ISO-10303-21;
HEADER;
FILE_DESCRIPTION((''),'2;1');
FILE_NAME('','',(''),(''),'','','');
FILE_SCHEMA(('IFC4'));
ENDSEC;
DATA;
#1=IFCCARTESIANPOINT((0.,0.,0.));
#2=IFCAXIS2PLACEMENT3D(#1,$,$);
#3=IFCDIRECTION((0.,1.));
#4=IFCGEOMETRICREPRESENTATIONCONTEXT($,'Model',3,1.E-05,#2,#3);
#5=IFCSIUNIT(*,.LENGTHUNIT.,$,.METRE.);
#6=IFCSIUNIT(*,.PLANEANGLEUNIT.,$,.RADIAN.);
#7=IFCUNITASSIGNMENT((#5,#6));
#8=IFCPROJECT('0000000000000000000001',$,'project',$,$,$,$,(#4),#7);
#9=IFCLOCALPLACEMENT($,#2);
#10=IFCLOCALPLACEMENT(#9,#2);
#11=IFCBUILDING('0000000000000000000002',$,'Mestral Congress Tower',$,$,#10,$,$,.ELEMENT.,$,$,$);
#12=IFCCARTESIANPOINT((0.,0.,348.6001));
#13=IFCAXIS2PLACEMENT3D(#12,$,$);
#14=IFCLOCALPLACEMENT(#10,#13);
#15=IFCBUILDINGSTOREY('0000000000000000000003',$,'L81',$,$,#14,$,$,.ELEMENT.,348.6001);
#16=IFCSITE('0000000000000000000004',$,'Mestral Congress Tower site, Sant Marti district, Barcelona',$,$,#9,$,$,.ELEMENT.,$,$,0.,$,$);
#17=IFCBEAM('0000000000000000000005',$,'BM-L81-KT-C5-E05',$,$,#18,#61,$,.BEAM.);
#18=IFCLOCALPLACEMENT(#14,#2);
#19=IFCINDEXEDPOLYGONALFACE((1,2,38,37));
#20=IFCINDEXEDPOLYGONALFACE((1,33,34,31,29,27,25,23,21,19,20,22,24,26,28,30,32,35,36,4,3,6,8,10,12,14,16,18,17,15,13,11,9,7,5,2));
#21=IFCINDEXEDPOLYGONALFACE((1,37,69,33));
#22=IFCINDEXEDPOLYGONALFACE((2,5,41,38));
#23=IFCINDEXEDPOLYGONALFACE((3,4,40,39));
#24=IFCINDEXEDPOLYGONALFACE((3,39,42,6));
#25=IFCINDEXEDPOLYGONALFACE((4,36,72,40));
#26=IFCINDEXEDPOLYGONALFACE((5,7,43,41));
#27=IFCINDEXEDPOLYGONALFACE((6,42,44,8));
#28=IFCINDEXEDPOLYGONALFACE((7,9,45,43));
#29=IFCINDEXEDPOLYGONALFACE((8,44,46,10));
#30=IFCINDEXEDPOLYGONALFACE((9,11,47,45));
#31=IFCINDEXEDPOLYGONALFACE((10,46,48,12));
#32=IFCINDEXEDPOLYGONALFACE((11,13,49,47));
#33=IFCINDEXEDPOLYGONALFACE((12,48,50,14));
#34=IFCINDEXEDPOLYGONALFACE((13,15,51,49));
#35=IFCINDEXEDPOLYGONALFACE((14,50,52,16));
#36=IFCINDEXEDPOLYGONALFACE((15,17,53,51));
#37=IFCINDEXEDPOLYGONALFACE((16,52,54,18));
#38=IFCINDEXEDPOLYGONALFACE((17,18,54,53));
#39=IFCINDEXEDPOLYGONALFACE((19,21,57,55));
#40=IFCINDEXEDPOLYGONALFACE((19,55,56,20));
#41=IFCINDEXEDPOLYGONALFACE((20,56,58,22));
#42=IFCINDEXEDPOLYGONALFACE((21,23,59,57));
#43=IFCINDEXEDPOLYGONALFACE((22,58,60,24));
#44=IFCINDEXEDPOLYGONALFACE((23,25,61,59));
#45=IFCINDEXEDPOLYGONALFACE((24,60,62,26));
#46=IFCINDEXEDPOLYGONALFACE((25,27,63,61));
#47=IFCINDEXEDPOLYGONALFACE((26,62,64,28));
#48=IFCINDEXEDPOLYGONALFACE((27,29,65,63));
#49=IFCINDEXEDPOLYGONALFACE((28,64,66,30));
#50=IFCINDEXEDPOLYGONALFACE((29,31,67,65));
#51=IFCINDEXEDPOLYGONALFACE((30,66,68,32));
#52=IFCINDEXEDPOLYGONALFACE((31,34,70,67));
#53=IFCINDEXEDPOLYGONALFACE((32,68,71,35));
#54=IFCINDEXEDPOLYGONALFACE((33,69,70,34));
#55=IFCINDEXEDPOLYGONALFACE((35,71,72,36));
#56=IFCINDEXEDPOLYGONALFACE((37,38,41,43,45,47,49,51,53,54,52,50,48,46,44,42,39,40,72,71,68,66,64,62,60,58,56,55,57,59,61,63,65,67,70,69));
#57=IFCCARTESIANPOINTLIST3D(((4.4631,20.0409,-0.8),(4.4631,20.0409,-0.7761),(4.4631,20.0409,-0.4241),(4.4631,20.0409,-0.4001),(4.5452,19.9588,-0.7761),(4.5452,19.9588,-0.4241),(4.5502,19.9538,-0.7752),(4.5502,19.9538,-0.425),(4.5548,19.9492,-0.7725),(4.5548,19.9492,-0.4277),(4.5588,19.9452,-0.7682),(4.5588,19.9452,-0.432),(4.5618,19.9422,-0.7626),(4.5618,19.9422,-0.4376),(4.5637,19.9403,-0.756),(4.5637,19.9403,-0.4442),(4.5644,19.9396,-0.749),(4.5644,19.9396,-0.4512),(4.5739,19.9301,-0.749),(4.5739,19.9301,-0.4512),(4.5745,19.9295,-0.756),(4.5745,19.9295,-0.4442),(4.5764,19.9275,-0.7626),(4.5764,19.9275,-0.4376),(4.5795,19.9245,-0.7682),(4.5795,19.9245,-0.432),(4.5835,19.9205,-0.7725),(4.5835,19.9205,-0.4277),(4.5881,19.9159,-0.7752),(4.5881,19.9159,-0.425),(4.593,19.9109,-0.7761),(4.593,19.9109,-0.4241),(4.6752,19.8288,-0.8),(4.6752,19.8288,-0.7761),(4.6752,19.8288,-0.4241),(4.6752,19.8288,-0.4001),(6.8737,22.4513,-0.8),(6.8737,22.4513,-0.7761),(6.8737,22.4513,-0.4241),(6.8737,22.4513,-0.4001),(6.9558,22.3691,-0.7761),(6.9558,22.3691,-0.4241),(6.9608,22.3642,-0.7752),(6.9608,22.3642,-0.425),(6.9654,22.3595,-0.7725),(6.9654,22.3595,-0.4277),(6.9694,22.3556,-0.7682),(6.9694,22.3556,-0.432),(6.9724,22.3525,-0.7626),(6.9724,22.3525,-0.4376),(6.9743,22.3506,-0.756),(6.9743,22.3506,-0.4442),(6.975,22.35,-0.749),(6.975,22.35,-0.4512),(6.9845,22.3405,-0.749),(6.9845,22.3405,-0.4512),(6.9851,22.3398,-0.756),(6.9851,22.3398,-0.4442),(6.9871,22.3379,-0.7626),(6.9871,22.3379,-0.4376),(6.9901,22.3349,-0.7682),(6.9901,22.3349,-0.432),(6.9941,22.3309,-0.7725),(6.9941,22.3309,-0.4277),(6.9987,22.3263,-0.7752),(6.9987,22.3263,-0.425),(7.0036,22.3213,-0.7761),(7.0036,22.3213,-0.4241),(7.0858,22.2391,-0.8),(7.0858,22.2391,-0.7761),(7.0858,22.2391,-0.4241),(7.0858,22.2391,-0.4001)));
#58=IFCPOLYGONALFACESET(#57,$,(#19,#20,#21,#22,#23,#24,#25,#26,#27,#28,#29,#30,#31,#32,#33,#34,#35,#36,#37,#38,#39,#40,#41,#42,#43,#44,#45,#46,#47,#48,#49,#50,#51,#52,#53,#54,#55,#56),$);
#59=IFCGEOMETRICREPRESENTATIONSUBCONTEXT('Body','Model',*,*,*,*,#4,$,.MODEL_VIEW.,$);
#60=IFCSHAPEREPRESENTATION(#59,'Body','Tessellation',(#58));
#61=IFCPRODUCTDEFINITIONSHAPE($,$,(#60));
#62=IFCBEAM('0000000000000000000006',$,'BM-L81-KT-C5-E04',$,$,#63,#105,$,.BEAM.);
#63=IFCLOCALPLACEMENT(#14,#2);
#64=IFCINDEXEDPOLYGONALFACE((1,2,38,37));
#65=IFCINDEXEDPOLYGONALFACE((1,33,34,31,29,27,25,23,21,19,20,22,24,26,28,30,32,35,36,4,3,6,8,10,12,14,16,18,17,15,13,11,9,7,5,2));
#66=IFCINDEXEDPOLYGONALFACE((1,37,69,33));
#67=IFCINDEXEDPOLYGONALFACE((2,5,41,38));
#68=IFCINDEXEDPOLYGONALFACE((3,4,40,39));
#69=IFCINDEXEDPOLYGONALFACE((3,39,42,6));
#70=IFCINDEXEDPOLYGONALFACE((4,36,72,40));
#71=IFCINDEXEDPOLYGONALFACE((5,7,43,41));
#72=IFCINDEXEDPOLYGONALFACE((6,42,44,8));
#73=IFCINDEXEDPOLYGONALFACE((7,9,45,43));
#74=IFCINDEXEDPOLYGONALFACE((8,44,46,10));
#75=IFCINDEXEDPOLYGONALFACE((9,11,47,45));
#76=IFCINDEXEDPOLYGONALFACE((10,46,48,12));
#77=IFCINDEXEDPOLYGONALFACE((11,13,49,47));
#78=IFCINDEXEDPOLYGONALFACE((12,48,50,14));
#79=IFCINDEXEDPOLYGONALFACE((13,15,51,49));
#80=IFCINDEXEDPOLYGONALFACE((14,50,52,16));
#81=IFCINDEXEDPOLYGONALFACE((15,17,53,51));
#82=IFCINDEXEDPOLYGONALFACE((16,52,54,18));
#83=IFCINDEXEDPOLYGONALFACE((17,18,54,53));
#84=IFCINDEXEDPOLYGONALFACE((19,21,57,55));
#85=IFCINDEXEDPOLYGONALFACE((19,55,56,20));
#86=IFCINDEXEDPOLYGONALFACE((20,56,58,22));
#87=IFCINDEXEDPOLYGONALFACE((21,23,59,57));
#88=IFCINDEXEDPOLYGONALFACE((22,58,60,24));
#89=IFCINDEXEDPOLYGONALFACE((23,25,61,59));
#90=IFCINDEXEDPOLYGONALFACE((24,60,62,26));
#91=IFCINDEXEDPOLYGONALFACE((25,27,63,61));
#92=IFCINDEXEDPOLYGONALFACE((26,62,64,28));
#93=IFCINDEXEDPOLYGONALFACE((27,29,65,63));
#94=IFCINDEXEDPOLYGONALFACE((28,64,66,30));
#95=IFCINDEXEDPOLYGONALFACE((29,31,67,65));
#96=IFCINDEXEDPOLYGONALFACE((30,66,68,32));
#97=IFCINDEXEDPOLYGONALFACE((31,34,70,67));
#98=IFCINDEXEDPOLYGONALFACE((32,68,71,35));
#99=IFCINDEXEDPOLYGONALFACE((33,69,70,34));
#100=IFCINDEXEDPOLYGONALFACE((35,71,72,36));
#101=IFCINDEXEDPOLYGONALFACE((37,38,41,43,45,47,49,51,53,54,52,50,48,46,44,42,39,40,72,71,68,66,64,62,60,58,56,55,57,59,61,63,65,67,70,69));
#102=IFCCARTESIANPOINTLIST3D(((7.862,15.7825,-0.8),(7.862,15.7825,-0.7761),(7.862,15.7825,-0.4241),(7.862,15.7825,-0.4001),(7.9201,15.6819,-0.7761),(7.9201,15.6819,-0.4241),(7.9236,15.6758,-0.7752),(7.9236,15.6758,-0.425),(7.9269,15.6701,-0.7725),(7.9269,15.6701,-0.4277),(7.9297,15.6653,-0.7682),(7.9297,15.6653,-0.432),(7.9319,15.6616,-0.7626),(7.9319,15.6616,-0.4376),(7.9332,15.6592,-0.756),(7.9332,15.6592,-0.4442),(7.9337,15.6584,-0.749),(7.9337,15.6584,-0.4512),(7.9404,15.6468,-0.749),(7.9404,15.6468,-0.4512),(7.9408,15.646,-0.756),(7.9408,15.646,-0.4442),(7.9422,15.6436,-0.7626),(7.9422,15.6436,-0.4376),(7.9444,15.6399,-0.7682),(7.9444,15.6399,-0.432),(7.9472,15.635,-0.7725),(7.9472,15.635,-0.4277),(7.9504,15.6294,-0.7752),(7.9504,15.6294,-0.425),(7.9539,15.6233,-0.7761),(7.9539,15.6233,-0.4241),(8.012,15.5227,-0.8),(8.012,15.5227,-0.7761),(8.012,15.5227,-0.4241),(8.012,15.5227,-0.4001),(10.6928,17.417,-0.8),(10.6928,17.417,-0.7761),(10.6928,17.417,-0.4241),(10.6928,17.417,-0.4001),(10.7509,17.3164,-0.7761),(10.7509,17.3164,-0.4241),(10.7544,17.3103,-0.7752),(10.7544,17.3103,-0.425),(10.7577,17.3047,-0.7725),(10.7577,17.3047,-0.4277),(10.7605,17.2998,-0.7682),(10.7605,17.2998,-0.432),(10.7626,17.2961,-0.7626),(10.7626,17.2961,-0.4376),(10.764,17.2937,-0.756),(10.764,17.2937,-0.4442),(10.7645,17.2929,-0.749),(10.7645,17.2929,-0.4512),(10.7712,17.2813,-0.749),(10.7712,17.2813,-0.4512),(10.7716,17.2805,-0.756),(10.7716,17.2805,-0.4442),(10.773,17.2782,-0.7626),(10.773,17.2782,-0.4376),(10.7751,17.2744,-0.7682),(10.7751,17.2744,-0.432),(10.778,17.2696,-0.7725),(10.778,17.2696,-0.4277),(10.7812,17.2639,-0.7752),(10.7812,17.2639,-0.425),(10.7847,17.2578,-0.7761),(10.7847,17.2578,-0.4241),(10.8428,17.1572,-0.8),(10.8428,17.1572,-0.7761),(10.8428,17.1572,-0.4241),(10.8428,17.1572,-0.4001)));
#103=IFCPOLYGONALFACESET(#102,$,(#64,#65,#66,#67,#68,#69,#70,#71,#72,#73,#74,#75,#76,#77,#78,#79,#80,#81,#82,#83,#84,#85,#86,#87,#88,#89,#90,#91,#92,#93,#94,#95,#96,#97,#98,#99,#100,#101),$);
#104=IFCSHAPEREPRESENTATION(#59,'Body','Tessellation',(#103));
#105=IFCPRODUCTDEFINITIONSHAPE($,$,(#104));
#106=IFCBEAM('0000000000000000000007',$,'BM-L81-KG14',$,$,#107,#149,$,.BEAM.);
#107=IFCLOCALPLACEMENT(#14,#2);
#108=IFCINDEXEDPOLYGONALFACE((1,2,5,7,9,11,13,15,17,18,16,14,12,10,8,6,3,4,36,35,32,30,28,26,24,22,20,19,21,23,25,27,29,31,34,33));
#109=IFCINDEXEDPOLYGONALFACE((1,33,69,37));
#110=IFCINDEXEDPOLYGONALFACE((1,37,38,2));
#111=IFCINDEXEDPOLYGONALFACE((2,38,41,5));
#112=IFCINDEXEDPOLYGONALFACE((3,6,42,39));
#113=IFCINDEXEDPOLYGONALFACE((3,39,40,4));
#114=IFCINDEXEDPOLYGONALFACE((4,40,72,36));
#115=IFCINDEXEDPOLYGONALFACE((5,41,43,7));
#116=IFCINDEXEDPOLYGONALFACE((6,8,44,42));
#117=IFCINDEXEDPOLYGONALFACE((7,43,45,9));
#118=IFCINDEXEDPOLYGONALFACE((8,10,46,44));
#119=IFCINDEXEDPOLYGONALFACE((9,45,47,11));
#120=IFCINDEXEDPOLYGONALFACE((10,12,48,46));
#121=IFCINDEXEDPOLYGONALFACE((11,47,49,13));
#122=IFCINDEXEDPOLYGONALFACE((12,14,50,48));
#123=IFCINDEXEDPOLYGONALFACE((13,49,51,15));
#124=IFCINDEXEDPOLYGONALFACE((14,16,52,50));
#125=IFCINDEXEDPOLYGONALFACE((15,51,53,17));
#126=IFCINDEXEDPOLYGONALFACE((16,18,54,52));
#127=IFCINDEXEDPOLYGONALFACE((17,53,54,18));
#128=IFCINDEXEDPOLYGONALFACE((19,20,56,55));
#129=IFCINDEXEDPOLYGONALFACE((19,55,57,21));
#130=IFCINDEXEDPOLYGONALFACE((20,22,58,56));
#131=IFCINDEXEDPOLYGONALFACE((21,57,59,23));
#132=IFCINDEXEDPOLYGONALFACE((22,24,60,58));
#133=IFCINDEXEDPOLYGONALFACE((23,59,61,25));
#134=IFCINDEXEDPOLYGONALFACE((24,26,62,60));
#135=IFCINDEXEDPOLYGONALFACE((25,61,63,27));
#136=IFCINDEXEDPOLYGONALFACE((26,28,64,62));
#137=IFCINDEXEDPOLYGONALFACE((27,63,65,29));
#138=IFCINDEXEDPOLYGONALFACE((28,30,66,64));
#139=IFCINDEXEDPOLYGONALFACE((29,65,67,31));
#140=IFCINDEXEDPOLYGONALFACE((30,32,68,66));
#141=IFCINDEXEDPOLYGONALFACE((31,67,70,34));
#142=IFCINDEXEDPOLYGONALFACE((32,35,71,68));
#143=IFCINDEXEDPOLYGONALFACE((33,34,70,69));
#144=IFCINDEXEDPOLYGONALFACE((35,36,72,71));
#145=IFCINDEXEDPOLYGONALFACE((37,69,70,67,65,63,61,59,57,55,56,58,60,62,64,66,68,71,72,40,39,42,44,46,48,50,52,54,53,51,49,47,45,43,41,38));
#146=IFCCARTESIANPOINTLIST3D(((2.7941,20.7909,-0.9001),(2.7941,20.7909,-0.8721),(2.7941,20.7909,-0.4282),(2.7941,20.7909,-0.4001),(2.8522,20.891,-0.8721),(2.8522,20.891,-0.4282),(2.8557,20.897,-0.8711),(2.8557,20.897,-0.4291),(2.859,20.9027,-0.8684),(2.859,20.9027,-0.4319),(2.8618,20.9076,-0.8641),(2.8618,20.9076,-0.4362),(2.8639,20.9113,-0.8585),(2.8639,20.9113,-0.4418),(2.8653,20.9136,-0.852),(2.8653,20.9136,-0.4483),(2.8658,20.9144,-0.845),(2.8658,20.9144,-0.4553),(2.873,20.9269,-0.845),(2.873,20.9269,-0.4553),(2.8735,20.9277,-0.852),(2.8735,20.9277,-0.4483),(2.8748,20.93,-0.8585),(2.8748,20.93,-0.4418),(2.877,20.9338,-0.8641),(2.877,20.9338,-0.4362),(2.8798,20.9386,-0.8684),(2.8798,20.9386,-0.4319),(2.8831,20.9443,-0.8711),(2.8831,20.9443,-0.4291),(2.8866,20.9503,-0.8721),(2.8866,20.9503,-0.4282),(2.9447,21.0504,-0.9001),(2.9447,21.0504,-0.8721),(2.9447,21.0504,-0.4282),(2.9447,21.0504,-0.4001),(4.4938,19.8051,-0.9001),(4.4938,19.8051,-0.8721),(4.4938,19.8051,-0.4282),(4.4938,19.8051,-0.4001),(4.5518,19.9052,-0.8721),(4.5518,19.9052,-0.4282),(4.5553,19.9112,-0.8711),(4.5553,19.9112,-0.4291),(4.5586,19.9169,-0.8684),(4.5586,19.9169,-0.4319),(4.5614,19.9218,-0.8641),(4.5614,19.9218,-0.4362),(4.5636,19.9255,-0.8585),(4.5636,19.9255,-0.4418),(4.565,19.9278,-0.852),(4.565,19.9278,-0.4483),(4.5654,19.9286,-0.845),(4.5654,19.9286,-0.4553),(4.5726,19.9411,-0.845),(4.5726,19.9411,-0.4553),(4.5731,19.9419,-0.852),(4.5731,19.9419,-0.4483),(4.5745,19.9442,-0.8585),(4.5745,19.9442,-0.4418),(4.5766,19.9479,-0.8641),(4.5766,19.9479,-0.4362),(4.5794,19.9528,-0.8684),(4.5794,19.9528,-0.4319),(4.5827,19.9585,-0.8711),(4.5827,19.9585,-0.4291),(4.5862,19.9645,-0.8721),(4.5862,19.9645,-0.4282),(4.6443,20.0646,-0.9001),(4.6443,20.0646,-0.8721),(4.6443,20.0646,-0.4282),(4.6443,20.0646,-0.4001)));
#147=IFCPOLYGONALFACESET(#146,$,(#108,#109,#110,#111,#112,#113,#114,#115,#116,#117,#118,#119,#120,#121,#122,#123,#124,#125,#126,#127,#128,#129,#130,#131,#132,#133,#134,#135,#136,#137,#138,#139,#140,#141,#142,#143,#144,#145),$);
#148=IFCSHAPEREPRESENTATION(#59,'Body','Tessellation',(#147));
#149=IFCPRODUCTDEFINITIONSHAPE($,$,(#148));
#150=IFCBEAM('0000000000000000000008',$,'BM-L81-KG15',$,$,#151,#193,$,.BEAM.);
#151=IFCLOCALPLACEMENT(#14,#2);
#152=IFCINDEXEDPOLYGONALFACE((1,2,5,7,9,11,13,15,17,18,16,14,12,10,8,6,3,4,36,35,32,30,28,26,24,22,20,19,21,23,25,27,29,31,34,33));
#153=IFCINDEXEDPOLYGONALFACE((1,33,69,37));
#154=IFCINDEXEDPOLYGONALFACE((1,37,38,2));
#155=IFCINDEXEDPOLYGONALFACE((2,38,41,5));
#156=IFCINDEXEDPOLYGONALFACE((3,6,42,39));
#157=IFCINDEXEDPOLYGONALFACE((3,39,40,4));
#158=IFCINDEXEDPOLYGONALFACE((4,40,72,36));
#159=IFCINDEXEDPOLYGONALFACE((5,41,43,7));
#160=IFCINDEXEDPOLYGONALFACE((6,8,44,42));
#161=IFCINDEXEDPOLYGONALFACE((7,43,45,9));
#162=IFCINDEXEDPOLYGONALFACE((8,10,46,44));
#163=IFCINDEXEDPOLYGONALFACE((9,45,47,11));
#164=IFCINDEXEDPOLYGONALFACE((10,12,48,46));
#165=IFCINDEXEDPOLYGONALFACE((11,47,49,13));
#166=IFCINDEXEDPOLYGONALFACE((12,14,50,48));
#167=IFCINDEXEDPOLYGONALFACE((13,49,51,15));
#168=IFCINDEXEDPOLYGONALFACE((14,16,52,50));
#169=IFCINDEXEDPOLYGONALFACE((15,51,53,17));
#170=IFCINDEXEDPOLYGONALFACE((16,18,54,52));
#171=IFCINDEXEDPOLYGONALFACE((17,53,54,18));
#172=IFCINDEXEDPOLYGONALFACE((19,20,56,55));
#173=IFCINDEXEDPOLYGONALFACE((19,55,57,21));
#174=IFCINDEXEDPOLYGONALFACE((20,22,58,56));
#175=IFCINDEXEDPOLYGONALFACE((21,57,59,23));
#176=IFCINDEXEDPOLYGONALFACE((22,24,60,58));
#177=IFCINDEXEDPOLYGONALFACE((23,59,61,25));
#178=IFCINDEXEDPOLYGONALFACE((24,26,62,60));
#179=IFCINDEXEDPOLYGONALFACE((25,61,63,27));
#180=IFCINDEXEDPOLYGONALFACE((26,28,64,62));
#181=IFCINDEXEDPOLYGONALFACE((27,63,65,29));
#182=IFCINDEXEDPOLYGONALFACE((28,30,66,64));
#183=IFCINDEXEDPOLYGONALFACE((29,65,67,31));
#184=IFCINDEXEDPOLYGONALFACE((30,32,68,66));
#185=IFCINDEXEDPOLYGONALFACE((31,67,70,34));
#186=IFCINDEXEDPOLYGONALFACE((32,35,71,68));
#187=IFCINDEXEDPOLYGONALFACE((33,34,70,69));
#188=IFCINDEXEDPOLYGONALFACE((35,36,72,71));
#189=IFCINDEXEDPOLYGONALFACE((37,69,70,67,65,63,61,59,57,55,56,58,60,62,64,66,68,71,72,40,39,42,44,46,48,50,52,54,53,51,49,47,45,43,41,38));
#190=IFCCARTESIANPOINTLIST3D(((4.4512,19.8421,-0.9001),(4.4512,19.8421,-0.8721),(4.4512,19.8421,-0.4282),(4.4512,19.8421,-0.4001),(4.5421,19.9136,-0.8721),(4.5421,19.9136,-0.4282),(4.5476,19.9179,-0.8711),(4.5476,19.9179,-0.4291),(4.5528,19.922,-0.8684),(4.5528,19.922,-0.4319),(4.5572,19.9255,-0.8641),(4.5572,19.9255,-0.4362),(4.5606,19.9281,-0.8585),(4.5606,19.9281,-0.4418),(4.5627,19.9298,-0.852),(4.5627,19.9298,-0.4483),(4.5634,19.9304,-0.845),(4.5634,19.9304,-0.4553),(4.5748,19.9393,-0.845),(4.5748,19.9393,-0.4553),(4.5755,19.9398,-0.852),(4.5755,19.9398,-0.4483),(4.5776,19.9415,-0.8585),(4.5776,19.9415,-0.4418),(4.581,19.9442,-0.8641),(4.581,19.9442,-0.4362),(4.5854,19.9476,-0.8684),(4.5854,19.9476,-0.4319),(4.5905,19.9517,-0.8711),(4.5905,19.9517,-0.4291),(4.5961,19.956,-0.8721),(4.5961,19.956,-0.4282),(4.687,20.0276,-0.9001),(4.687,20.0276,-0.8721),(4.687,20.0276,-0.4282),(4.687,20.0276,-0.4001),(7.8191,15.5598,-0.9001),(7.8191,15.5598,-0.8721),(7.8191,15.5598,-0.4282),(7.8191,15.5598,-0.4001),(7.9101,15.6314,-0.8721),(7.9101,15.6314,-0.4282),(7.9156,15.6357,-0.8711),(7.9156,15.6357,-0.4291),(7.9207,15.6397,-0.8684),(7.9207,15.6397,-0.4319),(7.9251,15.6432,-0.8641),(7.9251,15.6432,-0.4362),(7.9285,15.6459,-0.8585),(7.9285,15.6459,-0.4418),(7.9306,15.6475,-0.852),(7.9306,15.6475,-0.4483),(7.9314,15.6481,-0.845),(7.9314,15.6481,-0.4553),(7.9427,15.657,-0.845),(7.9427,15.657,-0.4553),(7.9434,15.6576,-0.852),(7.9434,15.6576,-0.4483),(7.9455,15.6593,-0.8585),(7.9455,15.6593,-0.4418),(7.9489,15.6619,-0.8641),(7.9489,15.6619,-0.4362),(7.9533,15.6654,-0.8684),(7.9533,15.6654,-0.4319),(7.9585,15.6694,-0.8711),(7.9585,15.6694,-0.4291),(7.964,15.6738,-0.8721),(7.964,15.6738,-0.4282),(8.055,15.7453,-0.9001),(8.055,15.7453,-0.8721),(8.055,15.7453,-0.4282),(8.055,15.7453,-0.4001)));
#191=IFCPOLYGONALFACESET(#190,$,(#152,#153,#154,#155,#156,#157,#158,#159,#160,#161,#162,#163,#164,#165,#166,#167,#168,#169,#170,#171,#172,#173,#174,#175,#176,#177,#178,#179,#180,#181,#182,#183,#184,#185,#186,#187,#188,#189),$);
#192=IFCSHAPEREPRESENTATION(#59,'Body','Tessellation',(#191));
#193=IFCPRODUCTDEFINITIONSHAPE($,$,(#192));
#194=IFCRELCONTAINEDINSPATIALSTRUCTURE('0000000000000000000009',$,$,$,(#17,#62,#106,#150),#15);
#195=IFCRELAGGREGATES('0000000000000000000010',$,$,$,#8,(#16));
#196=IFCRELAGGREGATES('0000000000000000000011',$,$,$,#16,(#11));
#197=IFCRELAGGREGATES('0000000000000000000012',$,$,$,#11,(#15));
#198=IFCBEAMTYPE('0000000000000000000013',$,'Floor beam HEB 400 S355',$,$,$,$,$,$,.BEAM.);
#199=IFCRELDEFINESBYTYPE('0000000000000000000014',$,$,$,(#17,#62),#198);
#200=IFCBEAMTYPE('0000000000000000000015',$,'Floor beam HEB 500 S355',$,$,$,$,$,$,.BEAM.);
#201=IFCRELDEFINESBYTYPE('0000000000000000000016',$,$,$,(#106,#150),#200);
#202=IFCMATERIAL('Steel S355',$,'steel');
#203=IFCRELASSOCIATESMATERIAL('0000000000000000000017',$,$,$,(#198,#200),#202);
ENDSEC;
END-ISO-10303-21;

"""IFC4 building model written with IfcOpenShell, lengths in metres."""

from ifc_helpers import new_model, si_unit, direction, frame, origin, origin_2d, place, context, subcontext, project, spatial, i_section, extrude, material, material_profile, profile_set, type_object, element, save


model = new_model("IFC4")

# Units and contexts
model_context = context("Model", 3, precision=1e-05, world=origin(), true_north=direction((0.0, 1.0)))
body_context = subcontext(model_context, "Body", "Model", "MODEL_VIEW")
ifc_project = project(units=[si_unit("LENGTHUNIT", "METRE"), si_unit("PLANEANGLEUNIT", "RADIAN")], contexts=[model_context])

# Site, building, storey
site_placement = place(None, origin())
site = spatial("IfcSite", under=ifc_project, at=site_placement, Name="Mestral Congress Tower site, Sant Marti district, Barcelona", CompositionType="ELEMENT", RefElevation=0.0)
building_placement = place(site_placement, origin())
building = spatial("IfcBuilding", under=site, at=building_placement, Name="Mestral Congress Tower", CompositionType="ELEMENT")
storey_placement = place(building_placement, frame((0.0, 0.0, 348.6001)))
storey = spatial("IfcBuildingStorey", under=building, at=storey_placement, Name="L81", CompositionType="ELEMENT", Elevation=348.6001)

# Beams
ifc_material_1 = material(Name="Steel S355", Category="steel")
ifc_material_profile_1 = material_profile(ifc_material_1, i_section(OverallWidth=0.3, OverallDepth=0.3999, WebThickness=0.0134, FlangeThickness=0.0239, FilletRadius=0.0271, at=origin_2d()), Name="HEB 400")
ifc_profile_set_1 = profile_set([ifc_material_profile_1], Name="Steel S355")
beam_type_1 = type_object("IfcBeamType", Name="Floor beam HEB 400 S355", PredefinedType="BEAM", material=ifc_profile_set_1)
beam_1_placement = place(storey_placement, frame((6.9797, 22.3452, -0.6001), z_axis=(-0.707143, -0.707071, 0.0), x_axis=(0.707071, -0.707143, 0.0)))
element("IfcBeam", 1, at=beam_1_placement, inside=storey, type_object=beam_type_1, Name="BM-L81-KT-C5-E05", PredefinedType="BEAM", context=body_context, shape_type="SweptSolid", body=[
    extrude(i_section(OverallWidth=0.3, OverallDepth=0.3999, WebThickness=0.0134, FlangeThickness=0.0239, FilletRadius=0.0271, at=origin_2d()), origin(), (0.0, 0.0, 1.0), 3.4089),
])
beam_2_placement = place(storey_placement, frame((10.7678, 17.2871, -0.6001), z_axis=(-0.866005, -0.500035, 0.0), x_axis=(0.500035, -0.866005, 0.0)))
element("IfcBeam", 2, at=beam_2_placement, inside=storey, type_object=beam_type_1, Name="BM-L81-KT-C5-E04", PredefinedType="BEAM", context=body_context, shape_type="SweptSolid", body=[
    extrude(i_section(OverallWidth=0.3, OverallDepth=0.3999, WebThickness=0.0134, FlangeThickness=0.0239, FilletRadius=0.0271, at=origin_2d()), origin(), (0.0, 0.0, 1.0), 3.2688),
])
ifc_material_profile_2 = material_profile(ifc_material_1, i_section(OverallWidth=0.3, OverallDepth=0.5, WebThickness=0.0144, FlangeThickness=0.0281, FilletRadius=0.0271, at=origin_2d()), Name="HEB 500")
ifc_profile_set_2 = profile_set([ifc_material_profile_2], Name="Steel S355")
beam_type_2 = type_object("IfcBeamType", Name="Floor beam HEB 500 S355", PredefinedType="BEAM", material=ifc_profile_set_2)
beam_3_placement = place(storey_placement, frame((2.8694, 20.9207, -0.6501), z_axis=(0.865029, -0.501722, 0.0), x_axis=(0.501722, 0.865029, 0.0)))
element("IfcBeam", 3, at=beam_3_placement, inside=storey, type_object=beam_type_2, Name="BM-L81-KG14", PredefinedType="BEAM", context=body_context, shape_type="SweptSolid", body=[
    extrude(i_section(OverallWidth=0.3, OverallDepth=0.5, WebThickness=0.0144, FlangeThickness=0.0281, FilletRadius=0.0271, at=origin_2d()), origin(), (0.0, 0.0, 1.0), 1.9648),
])
beam_4_placement = place(storey_placement, frame((4.5691, 19.9348, -0.6501), z_axis=(0.618198, -0.786023, 0.0), x_axis=(0.786023, 0.618198, 0.0)))
element("IfcBeam", 4, at=beam_4_placement, inside=storey, type_object=beam_type_2, Name="BM-L81-KG15", PredefinedType="BEAM", context=body_context, shape_type="SweptSolid", body=[
    extrude(i_section(OverallWidth=0.3, OverallDepth=0.5, WebThickness=0.0144, FlangeThickness=0.0281, FilletRadius=0.0271, at=origin_2d()), origin(), (0.0, 0.0, 1.0), 5.448),
])

save(model, "model.ifc")
